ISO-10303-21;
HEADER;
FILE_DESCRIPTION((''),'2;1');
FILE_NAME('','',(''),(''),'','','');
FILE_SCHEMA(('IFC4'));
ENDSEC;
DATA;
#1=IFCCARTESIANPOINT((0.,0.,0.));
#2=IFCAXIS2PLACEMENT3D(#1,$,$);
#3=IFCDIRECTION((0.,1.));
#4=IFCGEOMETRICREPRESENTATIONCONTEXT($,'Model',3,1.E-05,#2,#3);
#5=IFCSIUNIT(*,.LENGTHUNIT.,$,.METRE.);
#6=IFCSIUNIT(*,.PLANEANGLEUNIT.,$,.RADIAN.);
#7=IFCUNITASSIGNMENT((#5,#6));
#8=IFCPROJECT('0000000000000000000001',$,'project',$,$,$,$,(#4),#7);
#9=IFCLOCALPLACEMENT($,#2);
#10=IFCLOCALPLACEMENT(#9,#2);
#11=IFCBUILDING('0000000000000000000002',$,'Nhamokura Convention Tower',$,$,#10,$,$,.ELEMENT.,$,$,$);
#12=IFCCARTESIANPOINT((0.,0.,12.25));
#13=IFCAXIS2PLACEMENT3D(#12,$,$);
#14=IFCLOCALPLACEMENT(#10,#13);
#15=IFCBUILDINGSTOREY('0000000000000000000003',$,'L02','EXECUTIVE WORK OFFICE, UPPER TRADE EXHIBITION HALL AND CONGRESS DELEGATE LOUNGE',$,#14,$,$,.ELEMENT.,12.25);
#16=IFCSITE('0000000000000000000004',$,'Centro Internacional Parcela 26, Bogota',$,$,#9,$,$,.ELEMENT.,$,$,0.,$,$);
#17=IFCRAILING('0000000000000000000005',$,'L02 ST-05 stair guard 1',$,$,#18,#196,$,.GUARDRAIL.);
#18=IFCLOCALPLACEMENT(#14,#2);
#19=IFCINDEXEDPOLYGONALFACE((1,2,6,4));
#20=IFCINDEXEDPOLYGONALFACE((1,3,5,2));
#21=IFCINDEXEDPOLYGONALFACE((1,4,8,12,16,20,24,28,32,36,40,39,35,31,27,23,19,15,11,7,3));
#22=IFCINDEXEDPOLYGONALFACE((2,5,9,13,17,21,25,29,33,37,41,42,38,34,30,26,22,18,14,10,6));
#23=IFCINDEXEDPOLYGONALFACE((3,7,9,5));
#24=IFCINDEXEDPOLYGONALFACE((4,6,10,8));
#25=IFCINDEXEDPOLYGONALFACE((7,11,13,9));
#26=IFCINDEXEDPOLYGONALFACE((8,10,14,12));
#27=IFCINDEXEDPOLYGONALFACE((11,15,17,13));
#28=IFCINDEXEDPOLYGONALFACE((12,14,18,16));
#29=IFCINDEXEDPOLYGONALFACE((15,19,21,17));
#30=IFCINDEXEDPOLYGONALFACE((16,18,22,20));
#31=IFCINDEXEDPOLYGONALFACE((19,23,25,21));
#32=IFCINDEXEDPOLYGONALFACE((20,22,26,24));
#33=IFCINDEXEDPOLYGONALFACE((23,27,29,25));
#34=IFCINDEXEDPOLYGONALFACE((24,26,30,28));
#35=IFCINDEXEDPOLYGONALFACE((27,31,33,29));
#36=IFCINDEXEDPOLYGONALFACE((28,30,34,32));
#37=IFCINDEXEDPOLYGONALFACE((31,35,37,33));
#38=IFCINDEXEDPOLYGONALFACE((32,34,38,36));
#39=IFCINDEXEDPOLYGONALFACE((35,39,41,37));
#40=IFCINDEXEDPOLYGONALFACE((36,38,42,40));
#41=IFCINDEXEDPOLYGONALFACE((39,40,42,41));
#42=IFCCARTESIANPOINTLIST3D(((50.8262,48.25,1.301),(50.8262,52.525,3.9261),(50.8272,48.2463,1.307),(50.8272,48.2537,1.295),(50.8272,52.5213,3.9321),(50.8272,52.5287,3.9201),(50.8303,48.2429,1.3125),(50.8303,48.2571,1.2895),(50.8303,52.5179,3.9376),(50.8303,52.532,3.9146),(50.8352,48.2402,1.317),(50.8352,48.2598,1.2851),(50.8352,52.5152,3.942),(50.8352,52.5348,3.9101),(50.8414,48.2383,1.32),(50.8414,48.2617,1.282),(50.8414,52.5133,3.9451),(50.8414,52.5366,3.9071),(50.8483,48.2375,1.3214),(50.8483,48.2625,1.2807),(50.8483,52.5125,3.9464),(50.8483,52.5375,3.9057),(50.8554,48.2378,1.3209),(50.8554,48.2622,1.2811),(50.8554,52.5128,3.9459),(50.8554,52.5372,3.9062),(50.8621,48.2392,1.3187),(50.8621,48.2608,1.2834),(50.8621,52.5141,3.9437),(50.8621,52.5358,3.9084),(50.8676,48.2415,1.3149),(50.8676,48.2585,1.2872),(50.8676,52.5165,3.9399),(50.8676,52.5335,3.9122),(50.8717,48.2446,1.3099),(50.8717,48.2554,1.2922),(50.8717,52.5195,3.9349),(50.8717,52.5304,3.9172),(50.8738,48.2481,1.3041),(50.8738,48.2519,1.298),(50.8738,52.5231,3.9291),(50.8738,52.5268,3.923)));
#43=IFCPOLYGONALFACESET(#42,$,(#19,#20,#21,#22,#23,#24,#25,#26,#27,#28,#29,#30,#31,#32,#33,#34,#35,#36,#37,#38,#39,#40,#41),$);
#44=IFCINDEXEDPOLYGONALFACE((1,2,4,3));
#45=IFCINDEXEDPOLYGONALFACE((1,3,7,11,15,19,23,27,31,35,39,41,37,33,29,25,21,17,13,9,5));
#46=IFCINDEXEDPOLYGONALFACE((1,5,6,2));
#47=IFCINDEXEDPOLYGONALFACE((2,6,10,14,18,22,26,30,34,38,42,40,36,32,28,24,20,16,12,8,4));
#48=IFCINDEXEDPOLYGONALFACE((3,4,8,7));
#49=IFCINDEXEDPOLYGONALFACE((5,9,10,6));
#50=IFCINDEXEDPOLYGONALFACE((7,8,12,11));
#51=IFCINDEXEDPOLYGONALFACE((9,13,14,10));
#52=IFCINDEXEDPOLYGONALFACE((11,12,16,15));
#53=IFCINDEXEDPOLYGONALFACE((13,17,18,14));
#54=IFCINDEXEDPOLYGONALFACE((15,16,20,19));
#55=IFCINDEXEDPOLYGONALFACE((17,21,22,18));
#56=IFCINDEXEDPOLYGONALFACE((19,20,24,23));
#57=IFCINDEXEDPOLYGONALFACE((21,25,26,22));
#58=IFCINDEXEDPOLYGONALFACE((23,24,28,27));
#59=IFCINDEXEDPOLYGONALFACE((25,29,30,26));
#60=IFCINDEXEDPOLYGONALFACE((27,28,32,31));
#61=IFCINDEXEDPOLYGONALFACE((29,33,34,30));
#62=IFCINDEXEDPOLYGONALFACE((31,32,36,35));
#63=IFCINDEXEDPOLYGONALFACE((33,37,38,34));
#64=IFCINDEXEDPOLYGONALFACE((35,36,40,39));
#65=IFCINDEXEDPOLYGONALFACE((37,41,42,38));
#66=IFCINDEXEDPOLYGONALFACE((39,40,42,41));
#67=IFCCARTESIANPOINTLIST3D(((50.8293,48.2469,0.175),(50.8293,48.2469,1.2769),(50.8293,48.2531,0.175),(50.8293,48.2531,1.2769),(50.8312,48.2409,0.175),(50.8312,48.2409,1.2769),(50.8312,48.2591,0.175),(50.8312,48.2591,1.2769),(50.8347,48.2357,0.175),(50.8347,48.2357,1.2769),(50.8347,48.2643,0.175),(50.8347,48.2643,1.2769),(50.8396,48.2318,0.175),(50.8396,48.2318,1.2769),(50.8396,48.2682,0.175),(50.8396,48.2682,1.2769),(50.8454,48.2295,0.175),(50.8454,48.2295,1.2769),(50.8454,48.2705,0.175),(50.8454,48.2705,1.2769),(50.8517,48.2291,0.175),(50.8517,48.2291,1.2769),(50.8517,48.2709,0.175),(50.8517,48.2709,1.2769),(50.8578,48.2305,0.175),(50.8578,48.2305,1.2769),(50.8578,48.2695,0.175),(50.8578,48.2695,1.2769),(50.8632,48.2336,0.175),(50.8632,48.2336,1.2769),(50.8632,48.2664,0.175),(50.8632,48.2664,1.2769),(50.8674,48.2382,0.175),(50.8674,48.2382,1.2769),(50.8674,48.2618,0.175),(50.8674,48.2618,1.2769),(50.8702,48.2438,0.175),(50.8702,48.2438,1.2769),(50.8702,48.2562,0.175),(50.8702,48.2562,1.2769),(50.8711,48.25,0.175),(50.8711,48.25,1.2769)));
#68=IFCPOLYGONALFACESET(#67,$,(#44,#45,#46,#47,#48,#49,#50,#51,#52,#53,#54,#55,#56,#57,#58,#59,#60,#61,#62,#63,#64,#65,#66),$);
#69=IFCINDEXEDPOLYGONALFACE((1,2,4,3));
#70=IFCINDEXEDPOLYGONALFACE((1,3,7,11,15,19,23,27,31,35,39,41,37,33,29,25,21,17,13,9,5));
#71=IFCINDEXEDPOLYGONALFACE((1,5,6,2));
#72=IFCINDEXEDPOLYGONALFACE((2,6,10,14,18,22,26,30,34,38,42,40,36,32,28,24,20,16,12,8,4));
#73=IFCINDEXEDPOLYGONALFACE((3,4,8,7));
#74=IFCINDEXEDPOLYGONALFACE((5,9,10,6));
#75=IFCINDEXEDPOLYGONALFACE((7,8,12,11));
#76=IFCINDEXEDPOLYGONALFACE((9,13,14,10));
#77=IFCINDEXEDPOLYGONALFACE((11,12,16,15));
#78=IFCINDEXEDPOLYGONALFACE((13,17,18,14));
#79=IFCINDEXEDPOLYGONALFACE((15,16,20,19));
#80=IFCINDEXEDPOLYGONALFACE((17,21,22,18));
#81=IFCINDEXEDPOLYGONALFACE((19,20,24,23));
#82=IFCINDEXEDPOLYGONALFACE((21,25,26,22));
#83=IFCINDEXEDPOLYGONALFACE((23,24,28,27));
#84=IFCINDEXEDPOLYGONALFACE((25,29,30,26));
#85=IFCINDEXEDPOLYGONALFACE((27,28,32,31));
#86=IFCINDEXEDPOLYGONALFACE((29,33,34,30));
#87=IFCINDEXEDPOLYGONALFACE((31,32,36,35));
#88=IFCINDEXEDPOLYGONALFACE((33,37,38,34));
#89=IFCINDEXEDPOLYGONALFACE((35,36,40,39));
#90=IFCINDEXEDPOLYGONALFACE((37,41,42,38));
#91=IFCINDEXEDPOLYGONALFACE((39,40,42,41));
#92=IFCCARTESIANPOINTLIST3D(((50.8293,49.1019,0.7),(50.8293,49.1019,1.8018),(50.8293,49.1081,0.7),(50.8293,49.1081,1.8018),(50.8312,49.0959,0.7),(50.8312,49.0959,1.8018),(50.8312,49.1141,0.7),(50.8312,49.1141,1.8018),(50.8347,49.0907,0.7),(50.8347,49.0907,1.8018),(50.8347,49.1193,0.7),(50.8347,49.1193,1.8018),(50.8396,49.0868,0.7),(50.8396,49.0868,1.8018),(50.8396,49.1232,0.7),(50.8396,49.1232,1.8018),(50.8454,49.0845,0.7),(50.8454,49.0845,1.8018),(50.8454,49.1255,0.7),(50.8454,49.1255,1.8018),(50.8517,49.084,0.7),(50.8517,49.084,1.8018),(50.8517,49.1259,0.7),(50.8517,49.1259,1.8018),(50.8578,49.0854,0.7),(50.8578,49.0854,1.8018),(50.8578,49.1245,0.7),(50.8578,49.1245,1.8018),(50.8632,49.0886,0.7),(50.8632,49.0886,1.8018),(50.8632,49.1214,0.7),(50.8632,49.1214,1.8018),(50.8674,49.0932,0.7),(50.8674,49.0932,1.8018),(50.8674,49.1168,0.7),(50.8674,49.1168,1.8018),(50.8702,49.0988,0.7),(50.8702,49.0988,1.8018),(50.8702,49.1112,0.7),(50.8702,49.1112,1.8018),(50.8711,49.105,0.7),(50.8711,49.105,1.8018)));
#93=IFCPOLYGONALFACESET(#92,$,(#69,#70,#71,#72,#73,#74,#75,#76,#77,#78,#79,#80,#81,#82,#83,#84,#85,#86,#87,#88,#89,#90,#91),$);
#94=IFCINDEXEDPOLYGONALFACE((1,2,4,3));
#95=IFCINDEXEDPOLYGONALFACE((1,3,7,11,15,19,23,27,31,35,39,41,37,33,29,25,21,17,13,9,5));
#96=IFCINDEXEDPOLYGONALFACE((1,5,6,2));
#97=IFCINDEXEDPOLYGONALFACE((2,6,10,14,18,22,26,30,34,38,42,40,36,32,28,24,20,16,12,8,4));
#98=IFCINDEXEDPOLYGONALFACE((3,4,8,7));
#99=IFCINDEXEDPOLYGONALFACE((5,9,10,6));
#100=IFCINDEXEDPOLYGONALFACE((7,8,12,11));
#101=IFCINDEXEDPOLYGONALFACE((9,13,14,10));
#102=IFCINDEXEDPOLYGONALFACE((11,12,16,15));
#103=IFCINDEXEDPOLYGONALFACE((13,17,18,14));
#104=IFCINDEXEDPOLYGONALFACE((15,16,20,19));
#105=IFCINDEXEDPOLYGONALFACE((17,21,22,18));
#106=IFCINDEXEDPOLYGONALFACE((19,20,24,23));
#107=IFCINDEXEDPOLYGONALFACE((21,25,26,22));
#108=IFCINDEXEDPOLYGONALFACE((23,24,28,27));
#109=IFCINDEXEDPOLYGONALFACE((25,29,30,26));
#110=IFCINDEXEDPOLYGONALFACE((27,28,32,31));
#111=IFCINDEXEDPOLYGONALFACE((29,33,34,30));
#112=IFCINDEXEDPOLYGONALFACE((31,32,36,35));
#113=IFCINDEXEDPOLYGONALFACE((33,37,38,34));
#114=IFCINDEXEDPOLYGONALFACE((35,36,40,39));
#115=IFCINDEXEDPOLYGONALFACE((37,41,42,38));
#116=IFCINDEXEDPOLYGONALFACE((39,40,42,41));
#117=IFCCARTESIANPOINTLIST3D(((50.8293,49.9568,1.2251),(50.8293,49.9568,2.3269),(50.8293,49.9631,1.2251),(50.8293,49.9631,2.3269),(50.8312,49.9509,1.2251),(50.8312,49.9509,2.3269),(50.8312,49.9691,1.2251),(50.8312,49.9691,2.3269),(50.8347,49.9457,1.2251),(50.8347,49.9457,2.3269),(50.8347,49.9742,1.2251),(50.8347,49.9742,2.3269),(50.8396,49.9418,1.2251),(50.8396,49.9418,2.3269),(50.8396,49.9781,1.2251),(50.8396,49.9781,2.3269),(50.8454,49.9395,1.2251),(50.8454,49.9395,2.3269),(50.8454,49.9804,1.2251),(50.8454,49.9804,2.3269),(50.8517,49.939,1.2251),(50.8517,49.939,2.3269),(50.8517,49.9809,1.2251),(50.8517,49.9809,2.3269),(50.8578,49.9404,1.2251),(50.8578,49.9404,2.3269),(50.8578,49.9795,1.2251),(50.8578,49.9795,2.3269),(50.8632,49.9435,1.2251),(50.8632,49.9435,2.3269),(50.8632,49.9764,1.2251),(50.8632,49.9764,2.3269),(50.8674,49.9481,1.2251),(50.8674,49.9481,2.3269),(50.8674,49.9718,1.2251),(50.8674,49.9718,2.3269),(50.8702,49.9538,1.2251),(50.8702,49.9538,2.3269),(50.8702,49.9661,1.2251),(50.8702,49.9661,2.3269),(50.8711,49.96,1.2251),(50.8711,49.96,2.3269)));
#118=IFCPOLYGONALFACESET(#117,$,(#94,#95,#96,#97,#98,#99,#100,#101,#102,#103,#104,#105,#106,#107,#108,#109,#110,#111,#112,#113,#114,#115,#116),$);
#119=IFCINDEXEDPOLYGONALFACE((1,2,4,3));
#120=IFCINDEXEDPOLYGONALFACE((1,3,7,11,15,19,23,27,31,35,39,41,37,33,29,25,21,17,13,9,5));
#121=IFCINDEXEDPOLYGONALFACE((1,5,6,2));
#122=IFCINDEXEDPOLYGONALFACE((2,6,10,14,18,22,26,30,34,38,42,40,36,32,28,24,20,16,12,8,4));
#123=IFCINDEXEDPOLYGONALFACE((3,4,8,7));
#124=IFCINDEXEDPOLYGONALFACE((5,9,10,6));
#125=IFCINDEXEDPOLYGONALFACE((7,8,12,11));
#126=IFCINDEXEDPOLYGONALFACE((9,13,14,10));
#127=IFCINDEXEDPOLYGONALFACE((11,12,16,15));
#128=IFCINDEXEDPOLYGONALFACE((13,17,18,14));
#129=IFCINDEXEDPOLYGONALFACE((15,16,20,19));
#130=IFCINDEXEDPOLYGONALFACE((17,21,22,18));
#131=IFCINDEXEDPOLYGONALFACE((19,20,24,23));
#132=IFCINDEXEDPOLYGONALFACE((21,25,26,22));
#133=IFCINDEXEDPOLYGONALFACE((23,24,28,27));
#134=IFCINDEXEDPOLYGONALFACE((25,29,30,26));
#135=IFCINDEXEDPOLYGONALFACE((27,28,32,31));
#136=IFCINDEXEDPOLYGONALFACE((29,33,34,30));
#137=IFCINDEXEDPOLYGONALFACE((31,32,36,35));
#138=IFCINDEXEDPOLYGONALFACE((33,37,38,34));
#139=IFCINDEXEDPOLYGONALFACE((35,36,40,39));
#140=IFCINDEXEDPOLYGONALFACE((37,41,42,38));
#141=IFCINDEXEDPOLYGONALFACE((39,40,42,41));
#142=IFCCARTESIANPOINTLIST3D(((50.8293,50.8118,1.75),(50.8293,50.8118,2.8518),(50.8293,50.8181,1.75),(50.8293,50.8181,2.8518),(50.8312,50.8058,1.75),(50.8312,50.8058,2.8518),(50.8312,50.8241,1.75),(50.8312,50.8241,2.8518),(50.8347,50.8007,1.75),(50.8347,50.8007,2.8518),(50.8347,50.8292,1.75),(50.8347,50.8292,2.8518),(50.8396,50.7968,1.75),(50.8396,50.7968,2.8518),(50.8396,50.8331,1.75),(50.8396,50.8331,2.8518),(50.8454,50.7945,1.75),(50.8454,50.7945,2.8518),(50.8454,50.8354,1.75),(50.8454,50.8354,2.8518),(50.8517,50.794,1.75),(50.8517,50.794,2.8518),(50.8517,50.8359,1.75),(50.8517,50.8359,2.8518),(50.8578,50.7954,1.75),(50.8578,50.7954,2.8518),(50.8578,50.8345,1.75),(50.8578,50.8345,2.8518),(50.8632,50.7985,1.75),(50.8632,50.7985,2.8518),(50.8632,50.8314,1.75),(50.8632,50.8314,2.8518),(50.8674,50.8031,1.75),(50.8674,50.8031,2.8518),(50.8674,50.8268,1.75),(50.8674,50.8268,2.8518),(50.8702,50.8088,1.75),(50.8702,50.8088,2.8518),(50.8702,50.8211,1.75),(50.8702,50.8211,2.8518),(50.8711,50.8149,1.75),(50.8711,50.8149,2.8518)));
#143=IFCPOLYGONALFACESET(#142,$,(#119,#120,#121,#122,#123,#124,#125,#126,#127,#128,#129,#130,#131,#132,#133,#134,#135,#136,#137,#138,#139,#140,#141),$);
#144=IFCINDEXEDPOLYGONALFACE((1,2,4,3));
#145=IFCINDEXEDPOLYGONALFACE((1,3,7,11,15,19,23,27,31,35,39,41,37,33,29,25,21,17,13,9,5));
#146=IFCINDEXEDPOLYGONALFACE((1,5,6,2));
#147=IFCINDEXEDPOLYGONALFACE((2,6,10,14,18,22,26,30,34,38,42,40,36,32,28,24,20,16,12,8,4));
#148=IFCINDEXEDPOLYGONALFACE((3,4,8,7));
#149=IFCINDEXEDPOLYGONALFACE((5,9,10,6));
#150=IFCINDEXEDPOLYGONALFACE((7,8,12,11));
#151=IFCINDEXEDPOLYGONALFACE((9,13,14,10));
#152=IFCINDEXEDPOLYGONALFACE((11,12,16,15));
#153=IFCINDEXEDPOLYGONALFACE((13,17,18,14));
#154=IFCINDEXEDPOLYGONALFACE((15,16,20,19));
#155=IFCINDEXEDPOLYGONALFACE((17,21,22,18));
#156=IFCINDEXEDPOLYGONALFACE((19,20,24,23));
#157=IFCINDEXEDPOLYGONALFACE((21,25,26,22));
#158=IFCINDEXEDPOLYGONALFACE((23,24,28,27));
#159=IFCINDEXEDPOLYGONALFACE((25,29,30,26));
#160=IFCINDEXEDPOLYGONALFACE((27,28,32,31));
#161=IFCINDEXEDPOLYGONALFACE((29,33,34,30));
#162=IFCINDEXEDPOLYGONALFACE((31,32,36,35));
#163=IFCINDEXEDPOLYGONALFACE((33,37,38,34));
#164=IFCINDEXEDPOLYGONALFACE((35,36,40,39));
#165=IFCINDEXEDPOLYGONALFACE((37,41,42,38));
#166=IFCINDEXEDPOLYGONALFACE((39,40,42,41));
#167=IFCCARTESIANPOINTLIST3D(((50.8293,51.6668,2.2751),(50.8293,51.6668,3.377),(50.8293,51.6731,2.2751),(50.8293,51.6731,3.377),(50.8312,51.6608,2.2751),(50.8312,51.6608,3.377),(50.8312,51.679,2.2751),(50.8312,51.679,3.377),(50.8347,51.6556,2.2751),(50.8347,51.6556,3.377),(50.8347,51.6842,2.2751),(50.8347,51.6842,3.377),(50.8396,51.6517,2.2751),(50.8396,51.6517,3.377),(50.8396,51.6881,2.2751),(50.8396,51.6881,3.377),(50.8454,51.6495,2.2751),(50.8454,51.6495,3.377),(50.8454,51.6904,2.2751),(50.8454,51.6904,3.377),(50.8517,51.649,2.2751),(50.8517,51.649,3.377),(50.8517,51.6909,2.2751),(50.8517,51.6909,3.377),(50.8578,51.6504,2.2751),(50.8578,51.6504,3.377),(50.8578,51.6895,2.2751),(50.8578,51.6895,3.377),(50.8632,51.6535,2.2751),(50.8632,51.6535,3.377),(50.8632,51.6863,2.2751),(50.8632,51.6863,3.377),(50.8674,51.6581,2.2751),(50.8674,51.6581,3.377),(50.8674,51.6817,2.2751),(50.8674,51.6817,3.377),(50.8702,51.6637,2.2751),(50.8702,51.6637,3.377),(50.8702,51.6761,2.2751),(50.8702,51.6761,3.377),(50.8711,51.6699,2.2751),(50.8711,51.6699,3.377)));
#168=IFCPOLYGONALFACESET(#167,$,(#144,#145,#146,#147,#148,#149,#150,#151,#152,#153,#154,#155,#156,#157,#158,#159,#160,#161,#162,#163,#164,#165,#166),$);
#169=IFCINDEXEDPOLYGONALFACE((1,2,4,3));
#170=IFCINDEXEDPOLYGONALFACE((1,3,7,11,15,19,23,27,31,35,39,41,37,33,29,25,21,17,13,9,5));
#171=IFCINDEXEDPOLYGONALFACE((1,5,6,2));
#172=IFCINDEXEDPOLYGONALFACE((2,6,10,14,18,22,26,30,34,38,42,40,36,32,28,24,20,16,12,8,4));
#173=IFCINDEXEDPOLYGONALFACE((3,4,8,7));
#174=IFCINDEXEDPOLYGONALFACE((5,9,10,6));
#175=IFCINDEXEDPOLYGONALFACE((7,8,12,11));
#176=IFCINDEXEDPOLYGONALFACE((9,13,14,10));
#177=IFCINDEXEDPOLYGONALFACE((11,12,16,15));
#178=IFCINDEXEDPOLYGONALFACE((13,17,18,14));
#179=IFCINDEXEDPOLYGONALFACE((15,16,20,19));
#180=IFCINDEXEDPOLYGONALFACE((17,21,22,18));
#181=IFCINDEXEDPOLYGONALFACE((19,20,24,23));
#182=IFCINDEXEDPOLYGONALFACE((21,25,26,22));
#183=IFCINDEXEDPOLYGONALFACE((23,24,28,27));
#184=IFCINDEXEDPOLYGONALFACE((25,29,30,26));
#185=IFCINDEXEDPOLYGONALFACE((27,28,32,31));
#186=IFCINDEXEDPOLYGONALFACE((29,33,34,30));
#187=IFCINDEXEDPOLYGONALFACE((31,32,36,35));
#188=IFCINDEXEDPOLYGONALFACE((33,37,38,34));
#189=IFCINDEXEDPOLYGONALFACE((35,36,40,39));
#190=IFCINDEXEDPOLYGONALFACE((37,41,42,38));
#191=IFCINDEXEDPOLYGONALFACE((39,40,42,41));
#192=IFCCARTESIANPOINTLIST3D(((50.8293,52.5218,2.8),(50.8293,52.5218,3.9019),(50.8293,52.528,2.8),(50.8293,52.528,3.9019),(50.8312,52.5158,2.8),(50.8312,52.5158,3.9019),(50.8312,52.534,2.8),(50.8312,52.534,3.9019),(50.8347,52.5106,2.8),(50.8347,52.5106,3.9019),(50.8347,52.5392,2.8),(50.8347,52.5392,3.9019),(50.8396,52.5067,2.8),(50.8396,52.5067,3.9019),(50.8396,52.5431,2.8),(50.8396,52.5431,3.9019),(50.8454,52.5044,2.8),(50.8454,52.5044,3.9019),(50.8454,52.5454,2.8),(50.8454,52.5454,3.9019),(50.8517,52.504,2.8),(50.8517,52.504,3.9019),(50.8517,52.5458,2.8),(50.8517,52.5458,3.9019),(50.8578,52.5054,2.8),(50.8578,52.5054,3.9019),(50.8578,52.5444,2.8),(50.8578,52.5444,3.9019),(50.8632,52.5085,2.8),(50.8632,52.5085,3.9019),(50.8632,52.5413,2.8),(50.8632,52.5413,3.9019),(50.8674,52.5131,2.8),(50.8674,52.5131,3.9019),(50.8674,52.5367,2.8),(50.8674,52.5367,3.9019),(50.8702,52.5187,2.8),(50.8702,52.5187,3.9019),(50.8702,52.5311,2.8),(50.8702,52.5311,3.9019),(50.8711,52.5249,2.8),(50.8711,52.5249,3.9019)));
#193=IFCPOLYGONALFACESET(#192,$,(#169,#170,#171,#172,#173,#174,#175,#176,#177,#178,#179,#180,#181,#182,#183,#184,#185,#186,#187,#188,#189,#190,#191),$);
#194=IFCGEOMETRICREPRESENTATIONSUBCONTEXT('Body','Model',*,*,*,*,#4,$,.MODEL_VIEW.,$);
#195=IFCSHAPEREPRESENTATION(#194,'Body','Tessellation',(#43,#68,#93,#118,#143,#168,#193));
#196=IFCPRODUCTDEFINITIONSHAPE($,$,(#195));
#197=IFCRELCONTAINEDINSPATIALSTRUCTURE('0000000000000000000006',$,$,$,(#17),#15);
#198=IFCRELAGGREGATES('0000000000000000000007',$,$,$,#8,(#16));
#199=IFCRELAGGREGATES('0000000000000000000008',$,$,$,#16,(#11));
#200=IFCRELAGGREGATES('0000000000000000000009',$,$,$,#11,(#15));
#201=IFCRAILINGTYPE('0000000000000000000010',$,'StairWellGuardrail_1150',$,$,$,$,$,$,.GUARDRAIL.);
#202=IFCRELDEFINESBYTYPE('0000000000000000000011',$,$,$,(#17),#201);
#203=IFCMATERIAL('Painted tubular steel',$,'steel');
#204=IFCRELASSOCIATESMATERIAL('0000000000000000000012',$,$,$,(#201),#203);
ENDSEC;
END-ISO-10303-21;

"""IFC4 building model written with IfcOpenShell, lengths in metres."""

from ifc_helpers import new_model, si_unit, direction, frame, origin, origin_2d, place, context, subcontext, project, spatial, circle, extrude, material, type_object, element, save


model = new_model("IFC4")

# Units and contexts
model_context = context("Model", 3, precision=1e-05, world=origin(), true_north=direction((0.0, 1.0)))
body_context = subcontext(model_context, "Body", "Model", "MODEL_VIEW")
ifc_project = project(units=[si_unit("LENGTHUNIT", "METRE"), si_unit("PLANEANGLEUNIT", "RADIAN")], contexts=[model_context])

# Site, building, storey
site_placement = place(None, origin())
site = spatial("IfcSite", under=ifc_project, at=site_placement, Name="Centro Internacional Parcela 26, Bogota", CompositionType="ELEMENT", RefElevation=0.0)
building_placement = place(site_placement, origin())
building = spatial("IfcBuilding", under=site, at=building_placement, Name="Nhamokura Convention Tower", CompositionType="ELEMENT")
storey_placement = place(building_placement, frame((0.0, 0.0, 12.25)))
storey = spatial("IfcBuildingStorey", under=building, at=storey_placement, Name="L02", Description="EXECUTIVE WORK OFFICE, UPPER TRADE EXHIBITION HALL AND CONGRESS DELEGATE LOUNGE", CompositionType="ELEMENT", Elevation=12.25)

# Railing
ifc_material_1 = material(Name="Painted tubular steel", Category="steel")
railing_type_1 = type_object("IfcRailingType", Name="StairWellGuardrail_1150", PredefinedType="GUARDRAIL", material=ifc_material_1)
railing_1_placement = place(storey_placement, frame((50.8501, 48.25, 0.175)))
element("IfcRailing", 1, at=railing_1_placement, inside=storey, type_object=railing_type_1, Name="L02 ST-05 stair guard 1", PredefinedType="GUARDRAIL", context=body_context, shape_type="SweptSolid", body=[
    extrude(circle(Radius=0.0239, at=origin_2d()), frame((0.0, 0.0, 1.126), z_axis=(0.0, 0.852166, 0.523272), x_axis=(-1.0, 0.0, 0.0)), (0.0, 0.0, 1.0), 5.0166),
    extrude(circle(Radius=0.021, at=origin_2d()), origin(), (0.0, 0.0, 1.0), 1.1018),
    extrude(circle(Radius=0.021, at=origin_2d()), frame((0.0, 0.855, 0.5249)), (0.0, 0.0, 1.0), 1.1018),
    extrude(circle(Radius=0.021, at=origin_2d()), frame((0.0, 1.71, 1.05)), (0.0, 0.0, 1.0), 1.1018),
    extrude(circle(Radius=0.021, at=origin_2d()), frame((0.0, 2.5649, 1.575)), (0.0, 0.0, 1.0), 1.1018),
    extrude(circle(Radius=0.021, at=origin_2d()), frame((0.0, 3.4199, 2.1001)), (0.0, 0.0, 1.0), 1.1018),
    extrude(circle(Radius=0.021, at=origin_2d()), frame((0.0, 4.2749, 2.625)), (0.0, 0.0, 1.0), 1.1018),
])

save(model, "model.ifc")
